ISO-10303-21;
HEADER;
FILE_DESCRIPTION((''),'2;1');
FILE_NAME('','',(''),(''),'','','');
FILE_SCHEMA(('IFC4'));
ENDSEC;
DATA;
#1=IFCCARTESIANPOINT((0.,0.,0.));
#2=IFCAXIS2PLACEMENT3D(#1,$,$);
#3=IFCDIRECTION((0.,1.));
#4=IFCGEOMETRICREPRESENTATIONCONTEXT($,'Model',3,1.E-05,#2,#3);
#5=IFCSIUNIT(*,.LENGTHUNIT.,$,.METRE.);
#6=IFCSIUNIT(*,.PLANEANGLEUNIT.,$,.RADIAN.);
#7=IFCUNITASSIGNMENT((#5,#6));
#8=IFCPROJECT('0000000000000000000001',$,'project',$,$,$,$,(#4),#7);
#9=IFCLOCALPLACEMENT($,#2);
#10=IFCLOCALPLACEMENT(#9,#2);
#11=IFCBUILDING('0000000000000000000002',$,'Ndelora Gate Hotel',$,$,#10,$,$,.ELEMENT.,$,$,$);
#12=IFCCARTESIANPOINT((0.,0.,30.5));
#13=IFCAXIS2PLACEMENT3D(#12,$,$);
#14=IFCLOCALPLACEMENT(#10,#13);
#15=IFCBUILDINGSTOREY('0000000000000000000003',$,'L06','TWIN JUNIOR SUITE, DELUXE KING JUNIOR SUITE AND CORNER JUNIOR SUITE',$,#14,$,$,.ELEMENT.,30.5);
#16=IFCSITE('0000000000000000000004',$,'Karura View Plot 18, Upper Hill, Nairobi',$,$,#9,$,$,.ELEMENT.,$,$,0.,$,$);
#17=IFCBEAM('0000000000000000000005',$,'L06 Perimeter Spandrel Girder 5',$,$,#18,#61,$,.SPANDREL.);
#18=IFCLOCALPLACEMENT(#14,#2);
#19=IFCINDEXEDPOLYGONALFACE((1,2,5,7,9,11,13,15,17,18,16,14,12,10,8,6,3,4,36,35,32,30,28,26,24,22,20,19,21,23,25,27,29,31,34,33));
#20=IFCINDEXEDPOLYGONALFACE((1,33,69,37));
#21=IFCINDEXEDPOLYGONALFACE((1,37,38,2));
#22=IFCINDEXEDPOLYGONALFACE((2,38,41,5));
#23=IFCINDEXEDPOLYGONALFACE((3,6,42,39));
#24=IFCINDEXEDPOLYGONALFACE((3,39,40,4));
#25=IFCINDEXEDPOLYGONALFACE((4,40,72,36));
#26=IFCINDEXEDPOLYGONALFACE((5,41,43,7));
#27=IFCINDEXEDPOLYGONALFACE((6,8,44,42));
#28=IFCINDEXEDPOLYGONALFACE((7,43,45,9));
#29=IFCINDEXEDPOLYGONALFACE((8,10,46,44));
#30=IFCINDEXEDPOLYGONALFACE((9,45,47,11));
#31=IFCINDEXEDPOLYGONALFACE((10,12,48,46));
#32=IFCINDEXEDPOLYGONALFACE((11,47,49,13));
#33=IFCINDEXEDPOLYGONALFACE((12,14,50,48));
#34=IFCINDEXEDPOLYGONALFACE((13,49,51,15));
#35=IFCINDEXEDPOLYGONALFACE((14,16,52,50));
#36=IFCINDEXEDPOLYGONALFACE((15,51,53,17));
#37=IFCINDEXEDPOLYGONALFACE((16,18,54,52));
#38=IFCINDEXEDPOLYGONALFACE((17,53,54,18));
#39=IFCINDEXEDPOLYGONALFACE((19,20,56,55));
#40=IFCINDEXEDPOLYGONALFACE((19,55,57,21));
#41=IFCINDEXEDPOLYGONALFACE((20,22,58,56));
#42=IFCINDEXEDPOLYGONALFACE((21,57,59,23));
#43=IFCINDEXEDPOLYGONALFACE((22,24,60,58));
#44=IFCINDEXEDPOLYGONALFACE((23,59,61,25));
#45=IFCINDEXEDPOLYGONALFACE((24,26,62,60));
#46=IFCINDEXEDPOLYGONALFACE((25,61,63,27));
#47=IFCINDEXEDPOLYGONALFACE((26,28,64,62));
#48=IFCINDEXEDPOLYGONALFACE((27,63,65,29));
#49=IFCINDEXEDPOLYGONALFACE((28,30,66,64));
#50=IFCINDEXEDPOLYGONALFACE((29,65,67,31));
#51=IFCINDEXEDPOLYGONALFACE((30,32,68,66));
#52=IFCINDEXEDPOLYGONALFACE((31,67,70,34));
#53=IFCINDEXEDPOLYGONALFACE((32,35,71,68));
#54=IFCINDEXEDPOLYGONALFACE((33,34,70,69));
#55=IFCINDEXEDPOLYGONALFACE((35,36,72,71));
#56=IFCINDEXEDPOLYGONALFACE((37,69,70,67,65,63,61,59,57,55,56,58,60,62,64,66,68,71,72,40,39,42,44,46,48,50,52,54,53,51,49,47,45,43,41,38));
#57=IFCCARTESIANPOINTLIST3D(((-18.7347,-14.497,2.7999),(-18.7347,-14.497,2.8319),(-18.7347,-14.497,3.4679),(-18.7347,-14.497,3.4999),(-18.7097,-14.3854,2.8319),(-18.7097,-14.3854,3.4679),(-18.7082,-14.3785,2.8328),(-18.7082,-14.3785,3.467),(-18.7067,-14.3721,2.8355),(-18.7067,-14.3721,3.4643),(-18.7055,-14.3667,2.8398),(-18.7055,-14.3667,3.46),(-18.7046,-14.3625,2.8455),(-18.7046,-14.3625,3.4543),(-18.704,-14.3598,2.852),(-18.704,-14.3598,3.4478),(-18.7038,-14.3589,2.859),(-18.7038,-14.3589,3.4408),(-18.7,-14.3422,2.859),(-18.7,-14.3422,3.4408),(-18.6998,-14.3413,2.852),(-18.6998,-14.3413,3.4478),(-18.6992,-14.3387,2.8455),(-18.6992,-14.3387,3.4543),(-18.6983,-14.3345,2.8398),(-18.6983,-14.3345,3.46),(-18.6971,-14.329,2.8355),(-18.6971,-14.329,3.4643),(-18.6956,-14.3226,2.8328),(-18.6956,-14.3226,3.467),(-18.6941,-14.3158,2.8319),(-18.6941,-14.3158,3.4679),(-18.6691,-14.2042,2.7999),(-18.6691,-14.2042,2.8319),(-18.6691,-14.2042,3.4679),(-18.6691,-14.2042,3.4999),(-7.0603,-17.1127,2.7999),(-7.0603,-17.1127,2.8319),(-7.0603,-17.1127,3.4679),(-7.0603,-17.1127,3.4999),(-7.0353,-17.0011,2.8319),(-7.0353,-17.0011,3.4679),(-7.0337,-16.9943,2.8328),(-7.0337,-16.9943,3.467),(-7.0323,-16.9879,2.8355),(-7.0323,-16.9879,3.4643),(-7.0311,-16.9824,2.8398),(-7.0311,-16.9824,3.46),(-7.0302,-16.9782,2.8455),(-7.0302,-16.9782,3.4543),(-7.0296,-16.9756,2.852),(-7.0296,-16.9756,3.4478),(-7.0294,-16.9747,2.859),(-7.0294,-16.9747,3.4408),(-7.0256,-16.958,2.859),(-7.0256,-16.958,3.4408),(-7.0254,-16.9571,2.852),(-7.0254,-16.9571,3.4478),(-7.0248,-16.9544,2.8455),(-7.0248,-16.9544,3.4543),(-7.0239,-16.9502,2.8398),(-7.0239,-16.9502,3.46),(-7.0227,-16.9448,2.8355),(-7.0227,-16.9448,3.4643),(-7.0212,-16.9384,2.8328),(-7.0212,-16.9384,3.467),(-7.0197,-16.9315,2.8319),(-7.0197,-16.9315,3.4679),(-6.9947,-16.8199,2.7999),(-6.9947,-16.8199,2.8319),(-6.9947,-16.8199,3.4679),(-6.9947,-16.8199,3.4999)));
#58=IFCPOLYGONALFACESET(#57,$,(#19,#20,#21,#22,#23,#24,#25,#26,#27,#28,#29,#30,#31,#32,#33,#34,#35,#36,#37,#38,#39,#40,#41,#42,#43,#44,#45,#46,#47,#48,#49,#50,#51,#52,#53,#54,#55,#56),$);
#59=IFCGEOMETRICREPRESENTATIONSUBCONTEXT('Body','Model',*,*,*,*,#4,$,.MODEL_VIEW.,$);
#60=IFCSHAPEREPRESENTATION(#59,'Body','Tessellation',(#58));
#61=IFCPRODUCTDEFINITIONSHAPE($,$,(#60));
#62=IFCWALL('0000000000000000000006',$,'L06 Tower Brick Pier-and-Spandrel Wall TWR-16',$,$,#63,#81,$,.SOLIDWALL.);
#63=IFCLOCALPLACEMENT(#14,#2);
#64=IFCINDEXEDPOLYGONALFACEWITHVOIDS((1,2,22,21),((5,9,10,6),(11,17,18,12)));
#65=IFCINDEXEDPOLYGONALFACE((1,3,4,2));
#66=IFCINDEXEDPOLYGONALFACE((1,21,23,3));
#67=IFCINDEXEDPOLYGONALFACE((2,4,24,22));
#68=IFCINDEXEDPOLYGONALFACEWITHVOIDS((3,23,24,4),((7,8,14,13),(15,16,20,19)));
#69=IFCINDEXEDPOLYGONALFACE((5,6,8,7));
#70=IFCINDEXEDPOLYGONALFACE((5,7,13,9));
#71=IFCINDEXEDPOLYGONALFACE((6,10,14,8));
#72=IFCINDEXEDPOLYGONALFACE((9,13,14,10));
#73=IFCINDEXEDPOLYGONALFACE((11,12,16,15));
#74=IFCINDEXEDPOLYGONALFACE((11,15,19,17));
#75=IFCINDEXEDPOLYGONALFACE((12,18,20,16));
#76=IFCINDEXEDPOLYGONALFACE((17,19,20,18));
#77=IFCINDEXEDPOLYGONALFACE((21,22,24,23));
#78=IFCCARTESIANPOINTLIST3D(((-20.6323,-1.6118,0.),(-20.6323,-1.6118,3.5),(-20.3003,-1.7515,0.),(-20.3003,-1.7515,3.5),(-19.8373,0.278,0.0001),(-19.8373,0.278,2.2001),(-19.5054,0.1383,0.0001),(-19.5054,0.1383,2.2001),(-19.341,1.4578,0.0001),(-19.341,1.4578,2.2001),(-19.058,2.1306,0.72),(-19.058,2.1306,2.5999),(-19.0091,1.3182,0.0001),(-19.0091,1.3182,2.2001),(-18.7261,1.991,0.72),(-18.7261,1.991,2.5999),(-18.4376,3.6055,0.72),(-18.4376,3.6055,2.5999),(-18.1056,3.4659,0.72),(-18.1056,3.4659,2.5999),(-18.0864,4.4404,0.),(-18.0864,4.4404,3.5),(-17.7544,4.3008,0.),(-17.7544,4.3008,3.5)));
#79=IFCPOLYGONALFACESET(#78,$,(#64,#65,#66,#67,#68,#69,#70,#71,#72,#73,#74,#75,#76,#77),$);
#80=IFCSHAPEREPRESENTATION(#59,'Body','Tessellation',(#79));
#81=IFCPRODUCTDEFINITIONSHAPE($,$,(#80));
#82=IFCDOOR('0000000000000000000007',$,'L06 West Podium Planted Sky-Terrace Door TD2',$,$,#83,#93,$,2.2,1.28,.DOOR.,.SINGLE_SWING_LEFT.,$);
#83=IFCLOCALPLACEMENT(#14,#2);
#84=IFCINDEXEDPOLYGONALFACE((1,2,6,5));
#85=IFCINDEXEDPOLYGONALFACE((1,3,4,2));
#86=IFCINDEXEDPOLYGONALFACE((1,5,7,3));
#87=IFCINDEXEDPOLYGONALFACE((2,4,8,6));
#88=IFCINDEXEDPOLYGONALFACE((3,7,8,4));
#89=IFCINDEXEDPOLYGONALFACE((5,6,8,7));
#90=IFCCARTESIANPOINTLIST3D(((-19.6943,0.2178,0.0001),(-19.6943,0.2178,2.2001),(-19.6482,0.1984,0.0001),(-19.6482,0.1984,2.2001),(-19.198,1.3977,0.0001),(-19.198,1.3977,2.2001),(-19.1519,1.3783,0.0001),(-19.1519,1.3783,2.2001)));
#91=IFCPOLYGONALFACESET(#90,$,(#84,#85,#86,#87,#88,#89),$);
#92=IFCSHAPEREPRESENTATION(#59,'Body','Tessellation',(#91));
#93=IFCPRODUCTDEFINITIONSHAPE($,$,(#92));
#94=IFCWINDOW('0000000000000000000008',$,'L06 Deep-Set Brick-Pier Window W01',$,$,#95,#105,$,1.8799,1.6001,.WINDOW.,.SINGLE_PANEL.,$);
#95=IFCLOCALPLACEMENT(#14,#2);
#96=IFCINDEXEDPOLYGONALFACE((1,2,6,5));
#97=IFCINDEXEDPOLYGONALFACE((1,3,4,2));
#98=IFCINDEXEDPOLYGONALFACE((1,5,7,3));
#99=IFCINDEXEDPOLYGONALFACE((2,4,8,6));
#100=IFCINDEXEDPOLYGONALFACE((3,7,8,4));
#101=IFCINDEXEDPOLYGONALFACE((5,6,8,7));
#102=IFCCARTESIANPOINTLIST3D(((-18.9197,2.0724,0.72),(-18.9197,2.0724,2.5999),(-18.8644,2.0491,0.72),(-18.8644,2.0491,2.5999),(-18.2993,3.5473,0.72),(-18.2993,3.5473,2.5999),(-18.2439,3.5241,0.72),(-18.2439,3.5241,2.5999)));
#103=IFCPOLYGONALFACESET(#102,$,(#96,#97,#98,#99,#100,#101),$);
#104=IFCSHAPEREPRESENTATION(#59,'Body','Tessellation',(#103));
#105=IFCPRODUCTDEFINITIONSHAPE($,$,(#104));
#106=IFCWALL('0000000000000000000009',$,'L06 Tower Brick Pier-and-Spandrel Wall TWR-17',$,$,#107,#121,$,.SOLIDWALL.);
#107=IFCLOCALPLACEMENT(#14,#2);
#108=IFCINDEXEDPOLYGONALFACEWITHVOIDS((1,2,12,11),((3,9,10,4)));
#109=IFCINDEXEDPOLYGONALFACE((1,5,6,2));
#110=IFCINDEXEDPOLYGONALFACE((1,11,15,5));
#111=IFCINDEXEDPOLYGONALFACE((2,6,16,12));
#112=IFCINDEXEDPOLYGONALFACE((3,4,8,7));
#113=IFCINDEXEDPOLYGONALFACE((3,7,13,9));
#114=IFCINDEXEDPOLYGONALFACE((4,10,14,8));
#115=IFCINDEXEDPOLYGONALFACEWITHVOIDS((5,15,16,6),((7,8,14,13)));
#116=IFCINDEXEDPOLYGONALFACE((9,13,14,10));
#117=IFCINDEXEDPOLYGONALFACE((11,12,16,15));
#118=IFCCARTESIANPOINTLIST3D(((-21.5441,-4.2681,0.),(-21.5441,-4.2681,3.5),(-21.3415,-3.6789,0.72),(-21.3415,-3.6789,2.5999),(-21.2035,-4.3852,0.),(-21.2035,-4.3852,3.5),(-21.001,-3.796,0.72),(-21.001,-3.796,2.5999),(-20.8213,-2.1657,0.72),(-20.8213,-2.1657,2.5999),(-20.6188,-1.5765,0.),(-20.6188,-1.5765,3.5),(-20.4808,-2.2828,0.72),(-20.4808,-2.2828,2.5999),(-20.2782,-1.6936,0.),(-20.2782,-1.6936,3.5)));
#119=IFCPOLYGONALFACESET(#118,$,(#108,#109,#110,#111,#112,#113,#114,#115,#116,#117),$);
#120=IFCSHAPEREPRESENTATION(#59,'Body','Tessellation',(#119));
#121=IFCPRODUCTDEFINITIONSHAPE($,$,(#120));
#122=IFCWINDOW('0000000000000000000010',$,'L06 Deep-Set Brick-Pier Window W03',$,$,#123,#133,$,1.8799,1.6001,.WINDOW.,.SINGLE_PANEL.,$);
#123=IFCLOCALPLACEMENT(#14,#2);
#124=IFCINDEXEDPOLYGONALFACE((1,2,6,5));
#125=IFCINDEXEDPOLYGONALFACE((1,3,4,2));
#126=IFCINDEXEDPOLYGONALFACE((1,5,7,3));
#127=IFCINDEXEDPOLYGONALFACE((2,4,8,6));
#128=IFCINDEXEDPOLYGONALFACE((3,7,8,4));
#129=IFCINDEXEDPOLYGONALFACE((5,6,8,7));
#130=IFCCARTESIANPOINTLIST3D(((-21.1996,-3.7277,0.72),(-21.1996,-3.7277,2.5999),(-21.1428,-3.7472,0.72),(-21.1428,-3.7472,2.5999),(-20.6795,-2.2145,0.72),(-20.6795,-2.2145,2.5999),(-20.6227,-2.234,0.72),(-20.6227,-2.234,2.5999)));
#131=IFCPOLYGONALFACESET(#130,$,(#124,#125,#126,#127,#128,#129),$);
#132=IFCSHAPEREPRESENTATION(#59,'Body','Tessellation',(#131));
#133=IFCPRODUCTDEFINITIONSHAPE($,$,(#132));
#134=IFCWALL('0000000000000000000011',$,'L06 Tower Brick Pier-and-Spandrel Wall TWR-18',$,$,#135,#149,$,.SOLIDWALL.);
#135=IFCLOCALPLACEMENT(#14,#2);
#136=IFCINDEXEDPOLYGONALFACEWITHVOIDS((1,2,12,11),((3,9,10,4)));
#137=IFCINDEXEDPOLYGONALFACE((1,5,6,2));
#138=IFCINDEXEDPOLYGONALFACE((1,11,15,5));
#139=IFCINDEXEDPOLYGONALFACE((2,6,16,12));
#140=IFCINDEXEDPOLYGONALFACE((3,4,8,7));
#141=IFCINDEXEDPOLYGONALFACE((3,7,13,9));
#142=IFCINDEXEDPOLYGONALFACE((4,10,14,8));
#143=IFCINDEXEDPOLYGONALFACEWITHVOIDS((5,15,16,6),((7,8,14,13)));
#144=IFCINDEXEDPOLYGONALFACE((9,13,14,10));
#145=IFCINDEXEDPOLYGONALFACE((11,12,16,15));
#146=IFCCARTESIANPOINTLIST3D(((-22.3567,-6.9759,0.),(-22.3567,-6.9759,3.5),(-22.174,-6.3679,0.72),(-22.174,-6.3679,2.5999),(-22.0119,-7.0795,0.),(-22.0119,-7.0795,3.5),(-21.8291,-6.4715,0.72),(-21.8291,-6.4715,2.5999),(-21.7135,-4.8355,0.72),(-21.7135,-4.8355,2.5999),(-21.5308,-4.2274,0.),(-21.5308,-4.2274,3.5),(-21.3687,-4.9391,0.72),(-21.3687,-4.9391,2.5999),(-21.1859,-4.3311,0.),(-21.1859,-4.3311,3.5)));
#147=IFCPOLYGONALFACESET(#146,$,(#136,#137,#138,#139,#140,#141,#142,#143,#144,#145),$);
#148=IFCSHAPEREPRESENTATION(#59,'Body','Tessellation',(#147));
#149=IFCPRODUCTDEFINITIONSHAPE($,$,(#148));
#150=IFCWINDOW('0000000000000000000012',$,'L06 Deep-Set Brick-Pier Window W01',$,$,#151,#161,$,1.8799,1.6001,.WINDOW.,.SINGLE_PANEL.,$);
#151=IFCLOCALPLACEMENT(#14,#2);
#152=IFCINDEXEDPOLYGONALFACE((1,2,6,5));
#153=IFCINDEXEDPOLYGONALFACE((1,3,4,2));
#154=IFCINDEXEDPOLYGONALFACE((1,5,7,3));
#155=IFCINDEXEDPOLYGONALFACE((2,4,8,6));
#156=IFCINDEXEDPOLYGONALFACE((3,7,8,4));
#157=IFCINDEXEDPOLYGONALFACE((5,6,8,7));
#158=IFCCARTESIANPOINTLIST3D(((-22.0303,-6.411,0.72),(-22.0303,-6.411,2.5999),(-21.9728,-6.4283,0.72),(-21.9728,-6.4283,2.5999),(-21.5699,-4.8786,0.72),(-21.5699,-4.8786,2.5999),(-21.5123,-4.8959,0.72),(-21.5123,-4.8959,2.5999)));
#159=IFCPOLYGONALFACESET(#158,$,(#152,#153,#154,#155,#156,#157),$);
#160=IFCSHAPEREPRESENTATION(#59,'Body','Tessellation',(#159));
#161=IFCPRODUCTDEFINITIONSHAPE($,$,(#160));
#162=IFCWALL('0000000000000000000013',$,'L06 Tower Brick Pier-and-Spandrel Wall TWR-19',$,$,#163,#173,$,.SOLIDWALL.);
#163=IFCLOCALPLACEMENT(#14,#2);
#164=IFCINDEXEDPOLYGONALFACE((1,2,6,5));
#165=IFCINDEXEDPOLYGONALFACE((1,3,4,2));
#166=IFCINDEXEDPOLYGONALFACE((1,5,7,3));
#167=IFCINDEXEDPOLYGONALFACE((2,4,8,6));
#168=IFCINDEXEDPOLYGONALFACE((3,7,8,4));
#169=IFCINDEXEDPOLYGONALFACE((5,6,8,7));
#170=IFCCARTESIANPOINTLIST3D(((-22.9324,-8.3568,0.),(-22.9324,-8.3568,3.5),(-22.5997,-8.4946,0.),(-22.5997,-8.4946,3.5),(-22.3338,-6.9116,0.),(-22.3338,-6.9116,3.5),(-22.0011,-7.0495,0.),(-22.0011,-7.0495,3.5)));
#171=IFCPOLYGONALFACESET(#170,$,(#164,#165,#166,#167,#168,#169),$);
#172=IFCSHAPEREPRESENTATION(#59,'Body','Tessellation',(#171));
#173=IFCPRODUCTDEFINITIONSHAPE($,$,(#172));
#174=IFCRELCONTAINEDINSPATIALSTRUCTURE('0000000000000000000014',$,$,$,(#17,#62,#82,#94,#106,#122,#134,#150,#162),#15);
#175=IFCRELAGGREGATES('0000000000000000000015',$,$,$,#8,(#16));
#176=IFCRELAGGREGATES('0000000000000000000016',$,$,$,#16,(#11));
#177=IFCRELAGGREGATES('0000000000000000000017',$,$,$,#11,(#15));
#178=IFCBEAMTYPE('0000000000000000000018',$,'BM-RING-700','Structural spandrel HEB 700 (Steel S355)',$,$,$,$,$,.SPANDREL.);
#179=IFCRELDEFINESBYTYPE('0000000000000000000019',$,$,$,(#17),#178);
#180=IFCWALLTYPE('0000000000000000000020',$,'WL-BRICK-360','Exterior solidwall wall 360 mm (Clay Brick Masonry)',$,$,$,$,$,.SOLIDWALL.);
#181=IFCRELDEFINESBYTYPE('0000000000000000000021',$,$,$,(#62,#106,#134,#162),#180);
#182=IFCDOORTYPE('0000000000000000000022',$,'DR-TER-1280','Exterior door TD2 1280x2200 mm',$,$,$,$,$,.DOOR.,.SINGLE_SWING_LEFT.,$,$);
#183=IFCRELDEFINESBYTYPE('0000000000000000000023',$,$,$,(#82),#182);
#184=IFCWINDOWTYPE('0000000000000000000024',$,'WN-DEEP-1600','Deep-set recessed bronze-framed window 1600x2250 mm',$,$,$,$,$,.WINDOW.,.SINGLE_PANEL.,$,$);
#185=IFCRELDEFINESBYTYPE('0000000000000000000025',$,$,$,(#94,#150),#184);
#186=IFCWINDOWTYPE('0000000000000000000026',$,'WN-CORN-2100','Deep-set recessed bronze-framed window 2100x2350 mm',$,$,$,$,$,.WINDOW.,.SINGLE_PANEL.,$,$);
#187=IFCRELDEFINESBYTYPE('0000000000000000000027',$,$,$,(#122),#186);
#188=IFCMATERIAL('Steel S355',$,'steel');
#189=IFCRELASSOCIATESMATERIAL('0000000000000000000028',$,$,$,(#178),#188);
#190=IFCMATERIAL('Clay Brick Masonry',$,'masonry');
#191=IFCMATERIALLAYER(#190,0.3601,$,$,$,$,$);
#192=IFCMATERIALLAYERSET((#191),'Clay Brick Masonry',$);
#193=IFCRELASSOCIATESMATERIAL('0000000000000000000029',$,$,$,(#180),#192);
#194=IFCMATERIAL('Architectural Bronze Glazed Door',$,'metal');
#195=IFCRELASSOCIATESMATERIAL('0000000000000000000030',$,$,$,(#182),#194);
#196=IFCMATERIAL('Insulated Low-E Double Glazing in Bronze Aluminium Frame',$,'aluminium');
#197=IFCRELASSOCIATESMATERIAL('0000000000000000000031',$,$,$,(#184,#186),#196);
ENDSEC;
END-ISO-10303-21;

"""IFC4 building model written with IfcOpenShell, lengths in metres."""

from ifc_helpers import new_model, si_unit, direction, frame, frame_2d, origin, origin_2d, place, context, subcontext, project, spatial, rectangle, i_section, extrude, material, layer, layer_set, material_profile, profile_set, type_object, element, fill, save


model = new_model("IFC4")

# Units and contexts
model_context = context("Model", 3, precision=1e-05, world=origin(), true_north=direction((0.0, 1.0)))
body_context = subcontext(model_context, "Body", "Model", "MODEL_VIEW")
ifc_project = project(units=[si_unit("LENGTHUNIT", "METRE"), si_unit("PLANEANGLEUNIT", "RADIAN")], contexts=[model_context])

# Site, building, storey
site_placement = place(None, origin())
site = spatial("IfcSite", under=ifc_project, at=site_placement, Name="Karura View Plot 18, Upper Hill, Nairobi", CompositionType="ELEMENT", RefElevation=0.0)
building_placement = place(site_placement, origin())
building = spatial("IfcBuilding", under=site, at=building_placement, Name="Ndelora Gate Hotel", CompositionType="ELEMENT")
storey_placement = place(building_placement, frame((0.0, 0.0, 30.5)))
storey = spatial("IfcBuildingStorey", under=building, at=storey_placement, Name="L06", Description="TWIN JUNIOR SUITE, DELUXE KING JUNIOR SUITE AND CORNER JUNIOR SUITE", CompositionType="ELEMENT", Elevation=30.5)

# Beam
ifc_material_1 = material(Name="Steel S355", Category="steel")
ifc_material_profile_1 = material_profile(ifc_material_1, i_section(OverallWidth=0.3, OverallDepth=0.7, WebThickness=0.0171, FlangeThickness=0.032, FilletRadius=0.0271, at=origin_2d()), Name="HEB 700")
ifc_profile_set_1 = profile_set([ifc_material_profile_1], Name="Steel S355")
beam_type_1 = type_object("IfcBeamType", Name="BM-RING-700", Description="Structural spandrel HEB 700 (Steel S355)", PredefinedType="SPANDREL", material=ifc_profile_set_1)
for number, where, z_axis, x_axis, name in (
    (1, (-18.7019, -14.3506, 3.1499), (0.975806, -0.218637, 0.0), (0.218637, 0.975806, 0.0), "L06 Perimeter Spandrel Girder 5"),
):
    element("IfcBeam", number, at=place(storey_placement, frame(where, z_axis=z_axis, x_axis=x_axis)), inside=storey, type_object=beam_type_1, Name=name, PredefinedType="SPANDREL", context=body_context, shape_type="SweptSolid", body=[
        extrude(i_section(OverallWidth=0.3, OverallDepth=0.7, WebThickness=0.0171, FlangeThickness=0.032, FilletRadius=0.0271, at=origin_2d()), origin(), (0.0, 0.0, 1.0), 11.9639),
    ])

# Wall, openings, door, window
ifc_material_2 = material(Name="Clay Brick Masonry", Category="masonry")
ifc_layer_1 = layer(ifc_material_2, 0.3601)
ifc_layer_set_1 = layer_set([ifc_layer_1], Name="Clay Brick Masonry")
wall_type = type_object("IfcWallType", Name="WL-BRICK-360", Description="Exterior solidwall wall 360 mm (Clay Brick Masonry)", PredefinedType="SOLIDWALL", material=ifc_layer_set_1)
wall_1_placement = place(storey_placement, frame((-20.4663, -1.6816, 0.0), z_axis=(0.0, 0.0, 1.0), x_axis=(0.387744, 0.921767, 0.0)))
wall_1 = element("IfcWall", 2, at=wall_1_placement, inside=storey, type_object=wall_type, Name="L06 Tower Brick Pier-and-Spandrel Wall TWR-16", PredefinedType="SOLIDWALL", context=body_context, shape_type="SweptSolid", body=[
    extrude(rectangle(XDim=6.5659, YDim=0.3601, at=frame_2d((3.283, 0.0))), origin(), (0.0, 0.0, 1.0), 3.5),
])
opening_1_placement = place(wall_1_placement, frame((2.05, 0.0, 0.0)))
opening_1 = element("IfcOpeningElement", 3, at=opening_1_placement, cuts=wall_1, PredefinedType="OPENING", context=body_context, shape_type="SweptSolid", body=[
    extrude(rectangle(XDim=1.28, YDim=2.2, at=frame_2d((0.6401, 1.1001))), frame((0.0, 0.1899, 0.0), z_axis=(0.0, -1.0, 0.0), x_axis=(1.0, 0.0, 0.0)), (0.0, 0.0, 1.0), 0.3801),
])
opening_2_placement = place(wall_1_placement, frame((4.0601, 0.0, 0.72)))
opening_2 = element("IfcOpeningElement", 4, at=opening_2_placement, cuts=wall_1, PredefinedType="OPENING", context=body_context, shape_type="SweptSolid", body=[
    extrude(rectangle(XDim=1.6001, YDim=1.8799, at=frame_2d((0.8, 0.9399))), frame((0.0, 0.1899, 0.0), z_axis=(0.0, -1.0, 0.0), x_axis=(1.0, 0.0, 0.0)), (0.0, 0.0, 1.0), 0.3801),
])
ifc_material_3 = material(Name="Architectural Bronze Glazed Door", Category="metal")
door_type = type_object("IfcDoorType", Name="DR-TER-1280", Description="Exterior door TD2 1280x2200 mm", OperationType="SINGLE_SWING_LEFT", PredefinedType="DOOR", material=ifc_material_3)
door_placement = place(opening_1_placement, origin())
door = element("IfcDoor", 5, at=door_placement, inside=storey, type_object=door_type, Name="L06 West Podium Planted Sky-Terrace Door TD2", OperationType="SINGLE_SWING_LEFT", OverallHeight=2.2, OverallWidth=1.28, PredefinedType="DOOR", context=body_context, shape_type="SweptSolid", body=[
    extrude(rectangle(XDim=1.28, YDim=2.2, at=frame_2d((0.6401, 1.1001))), frame((0.0, 0.0249, 0.0), z_axis=(0.0, -1.0, 0.0), x_axis=(1.0, 0.0, 0.0)), (0.0, 0.0, 1.0), 0.05),
])
fill(opening_1, door)
ifc_material_4 = material(Name="Insulated Low-E Double Glazing in Bronze Aluminium Frame", Category="aluminium")
window_type_1 = type_object("IfcWindowType", Name="WN-DEEP-1600", Description="Deep-set recessed bronze-framed window 1600x2250 mm", PartitioningType="SINGLE_PANEL", PredefinedType="WINDOW", material=ifc_material_4)
window_1_placement = place(opening_2_placement, origin())
window_1 = element("IfcWindow", 6, at=window_1_placement, inside=storey, type_object=window_type_1, Name="L06 Deep-Set Brick-Pier Window W01", OverallHeight=1.8799, OverallWidth=1.6001, PartitioningType="SINGLE_PANEL", PredefinedType="WINDOW", context=body_context, shape_type="SweptSolid", body=[
    extrude(rectangle(XDim=1.6001, YDim=1.8799, at=frame_2d((0.8, 0.9399))), frame((0.0, 0.03, 0.0), z_axis=(0.0, -1.0, 0.0), x_axis=(1.0, 0.0, 0.0)), (0.0, 0.0, 1.0), 0.0601),
])
fill(opening_2, window_1)

# Walls, openings, windows
wall_2_placement = place(storey_placement, frame((-21.3738, -4.3267, 0.0), z_axis=(0.0, 0.0, 1.0), x_axis=(0.325092, 0.945682, 0.0)))
wall_2 = element("IfcWall", 7, at=wall_2_placement, inside=storey, type_object=wall_type, Name="L06 Tower Brick Pier-and-Spandrel Wall TWR-17", PredefinedType="SOLIDWALL", context=body_context, shape_type="SweptSolid", body=[
    extrude(rectangle(XDim=2.8462, YDim=0.3601, at=frame_2d((1.4231, 0.0))), origin(), (0.0, 0.0, 1.0), 3.5),
])
opening_3_placement = place(wall_2_placement, frame((0.623, 0.0, 0.72)))
opening_3 = element("IfcOpeningElement", 8, at=opening_3_placement, cuts=wall_2, PredefinedType="OPENING", context=body_context, shape_type="SweptSolid", body=[
    extrude(rectangle(XDim=1.6001, YDim=1.8799, at=frame_2d((0.8, 0.9399))), frame((0.0, 0.1899, 0.0), z_axis=(0.0, -1.0, 0.0), x_axis=(1.0, 0.0, 0.0)), (0.0, 0.0, 1.0), 0.3801),
])
window_type_2 = type_object("IfcWindowType", Name="WN-CORN-2100", Description="Deep-set recessed bronze-framed window 2100x2350 mm", PartitioningType="SINGLE_PANEL", PredefinedType="WINDOW", material=ifc_material_4)
window_2_placement = place(opening_3_placement, origin())
window_2 = element("IfcWindow", 9, at=window_2_placement, inside=storey, type_object=window_type_2, Name="L06 Deep-Set Brick-Pier Window W03", OverallHeight=1.8799, OverallWidth=1.6001, PartitioningType="SINGLE_PANEL", PredefinedType="WINDOW", context=body_context, shape_type="SweptSolid", body=[
    extrude(rectangle(XDim=1.6001, YDim=1.8799, at=frame_2d((0.8, 0.9399))), frame((0.0, 0.03, 0.0), z_axis=(0.0, -1.0, 0.0), x_axis=(1.0, 0.0, 0.0)), (0.0, 0.0, 1.0), 0.0601),
])
fill(opening_3, window_2)
wall_3_placement = place(storey_placement, frame((-22.1843, -7.0278, 0.0), z_axis=(0.0, 0.0, 1.0), x_axis=(0.287785, 0.957695, 0.0)))
wall_3 = element("IfcWall", 10, at=wall_3_placement, inside=storey, type_object=wall_type, Name="L06 Tower Brick Pier-and-Spandrel Wall TWR-18", PredefinedType="SOLIDWALL", context=body_context, shape_type="SweptSolid", body=[
    extrude(rectangle(XDim=2.8699, YDim=0.3601, at=frame_2d((1.4351, 0.0))), origin(), (0.0, 0.0, 1.0), 3.5),
])
opening_4_placement = place(wall_3_placement, frame((0.635, 0.0, 0.72)))
opening_4 = element("IfcOpeningElement", 11, at=opening_4_placement, cuts=wall_3, PredefinedType="OPENING", context=body_context, shape_type="SweptSolid", body=[
    extrude(rectangle(XDim=1.6001, YDim=1.8799, at=frame_2d((0.8, 0.9399))), frame((0.0, 0.1899, 0.0), z_axis=(0.0, -1.0, 0.0), x_axis=(1.0, 0.0, 0.0)), (0.0, 0.0, 1.0), 0.3801),
])
window_3_placement = place(opening_4_placement, origin())
window_3 = element("IfcWindow", 12, at=window_3_placement, inside=storey, type_object=window_type_1, Name="L06 Deep-Set Brick-Pier Window W01", OverallHeight=1.8799, OverallWidth=1.6001, PartitioningType="SINGLE_PANEL", PredefinedType="WINDOW", context=body_context, shape_type="SweptSolid", body=[
    extrude(rectangle(XDim=1.6001, YDim=1.8799, at=frame_2d((0.8, 0.9399))), frame((0.0, 0.03, 0.0), z_axis=(0.0, -1.0, 0.0), x_axis=(1.0, 0.0, 0.0)), (0.0, 0.0, 1.0), 0.0601),
])
fill(opening_4, window_3)

# Wall
for number, where, z_axis, x_axis, name in (
    (13, (-22.7661, -8.4258, 0.0), (0.0, 0.0, 1.0), (0.382719, 0.923865, 0.0), "L06 Tower Brick Pier-and-Spandrel Wall TWR-19"),
):
    element("IfcWall", number, at=place(storey_placement, frame(where, z_axis=z_axis, x_axis=x_axis)), inside=storey, type_object=wall_type, Name=name, PredefinedType="SOLIDWALL", context=body_context, shape_type="SweptSolid", body=[
        extrude(rectangle(XDim=1.5642, YDim=0.3601, at=frame_2d((0.7822, 0.0))), origin(), (0.0, 0.0, 1.0), 3.5),
    ])

save(model, "model.ifc")
